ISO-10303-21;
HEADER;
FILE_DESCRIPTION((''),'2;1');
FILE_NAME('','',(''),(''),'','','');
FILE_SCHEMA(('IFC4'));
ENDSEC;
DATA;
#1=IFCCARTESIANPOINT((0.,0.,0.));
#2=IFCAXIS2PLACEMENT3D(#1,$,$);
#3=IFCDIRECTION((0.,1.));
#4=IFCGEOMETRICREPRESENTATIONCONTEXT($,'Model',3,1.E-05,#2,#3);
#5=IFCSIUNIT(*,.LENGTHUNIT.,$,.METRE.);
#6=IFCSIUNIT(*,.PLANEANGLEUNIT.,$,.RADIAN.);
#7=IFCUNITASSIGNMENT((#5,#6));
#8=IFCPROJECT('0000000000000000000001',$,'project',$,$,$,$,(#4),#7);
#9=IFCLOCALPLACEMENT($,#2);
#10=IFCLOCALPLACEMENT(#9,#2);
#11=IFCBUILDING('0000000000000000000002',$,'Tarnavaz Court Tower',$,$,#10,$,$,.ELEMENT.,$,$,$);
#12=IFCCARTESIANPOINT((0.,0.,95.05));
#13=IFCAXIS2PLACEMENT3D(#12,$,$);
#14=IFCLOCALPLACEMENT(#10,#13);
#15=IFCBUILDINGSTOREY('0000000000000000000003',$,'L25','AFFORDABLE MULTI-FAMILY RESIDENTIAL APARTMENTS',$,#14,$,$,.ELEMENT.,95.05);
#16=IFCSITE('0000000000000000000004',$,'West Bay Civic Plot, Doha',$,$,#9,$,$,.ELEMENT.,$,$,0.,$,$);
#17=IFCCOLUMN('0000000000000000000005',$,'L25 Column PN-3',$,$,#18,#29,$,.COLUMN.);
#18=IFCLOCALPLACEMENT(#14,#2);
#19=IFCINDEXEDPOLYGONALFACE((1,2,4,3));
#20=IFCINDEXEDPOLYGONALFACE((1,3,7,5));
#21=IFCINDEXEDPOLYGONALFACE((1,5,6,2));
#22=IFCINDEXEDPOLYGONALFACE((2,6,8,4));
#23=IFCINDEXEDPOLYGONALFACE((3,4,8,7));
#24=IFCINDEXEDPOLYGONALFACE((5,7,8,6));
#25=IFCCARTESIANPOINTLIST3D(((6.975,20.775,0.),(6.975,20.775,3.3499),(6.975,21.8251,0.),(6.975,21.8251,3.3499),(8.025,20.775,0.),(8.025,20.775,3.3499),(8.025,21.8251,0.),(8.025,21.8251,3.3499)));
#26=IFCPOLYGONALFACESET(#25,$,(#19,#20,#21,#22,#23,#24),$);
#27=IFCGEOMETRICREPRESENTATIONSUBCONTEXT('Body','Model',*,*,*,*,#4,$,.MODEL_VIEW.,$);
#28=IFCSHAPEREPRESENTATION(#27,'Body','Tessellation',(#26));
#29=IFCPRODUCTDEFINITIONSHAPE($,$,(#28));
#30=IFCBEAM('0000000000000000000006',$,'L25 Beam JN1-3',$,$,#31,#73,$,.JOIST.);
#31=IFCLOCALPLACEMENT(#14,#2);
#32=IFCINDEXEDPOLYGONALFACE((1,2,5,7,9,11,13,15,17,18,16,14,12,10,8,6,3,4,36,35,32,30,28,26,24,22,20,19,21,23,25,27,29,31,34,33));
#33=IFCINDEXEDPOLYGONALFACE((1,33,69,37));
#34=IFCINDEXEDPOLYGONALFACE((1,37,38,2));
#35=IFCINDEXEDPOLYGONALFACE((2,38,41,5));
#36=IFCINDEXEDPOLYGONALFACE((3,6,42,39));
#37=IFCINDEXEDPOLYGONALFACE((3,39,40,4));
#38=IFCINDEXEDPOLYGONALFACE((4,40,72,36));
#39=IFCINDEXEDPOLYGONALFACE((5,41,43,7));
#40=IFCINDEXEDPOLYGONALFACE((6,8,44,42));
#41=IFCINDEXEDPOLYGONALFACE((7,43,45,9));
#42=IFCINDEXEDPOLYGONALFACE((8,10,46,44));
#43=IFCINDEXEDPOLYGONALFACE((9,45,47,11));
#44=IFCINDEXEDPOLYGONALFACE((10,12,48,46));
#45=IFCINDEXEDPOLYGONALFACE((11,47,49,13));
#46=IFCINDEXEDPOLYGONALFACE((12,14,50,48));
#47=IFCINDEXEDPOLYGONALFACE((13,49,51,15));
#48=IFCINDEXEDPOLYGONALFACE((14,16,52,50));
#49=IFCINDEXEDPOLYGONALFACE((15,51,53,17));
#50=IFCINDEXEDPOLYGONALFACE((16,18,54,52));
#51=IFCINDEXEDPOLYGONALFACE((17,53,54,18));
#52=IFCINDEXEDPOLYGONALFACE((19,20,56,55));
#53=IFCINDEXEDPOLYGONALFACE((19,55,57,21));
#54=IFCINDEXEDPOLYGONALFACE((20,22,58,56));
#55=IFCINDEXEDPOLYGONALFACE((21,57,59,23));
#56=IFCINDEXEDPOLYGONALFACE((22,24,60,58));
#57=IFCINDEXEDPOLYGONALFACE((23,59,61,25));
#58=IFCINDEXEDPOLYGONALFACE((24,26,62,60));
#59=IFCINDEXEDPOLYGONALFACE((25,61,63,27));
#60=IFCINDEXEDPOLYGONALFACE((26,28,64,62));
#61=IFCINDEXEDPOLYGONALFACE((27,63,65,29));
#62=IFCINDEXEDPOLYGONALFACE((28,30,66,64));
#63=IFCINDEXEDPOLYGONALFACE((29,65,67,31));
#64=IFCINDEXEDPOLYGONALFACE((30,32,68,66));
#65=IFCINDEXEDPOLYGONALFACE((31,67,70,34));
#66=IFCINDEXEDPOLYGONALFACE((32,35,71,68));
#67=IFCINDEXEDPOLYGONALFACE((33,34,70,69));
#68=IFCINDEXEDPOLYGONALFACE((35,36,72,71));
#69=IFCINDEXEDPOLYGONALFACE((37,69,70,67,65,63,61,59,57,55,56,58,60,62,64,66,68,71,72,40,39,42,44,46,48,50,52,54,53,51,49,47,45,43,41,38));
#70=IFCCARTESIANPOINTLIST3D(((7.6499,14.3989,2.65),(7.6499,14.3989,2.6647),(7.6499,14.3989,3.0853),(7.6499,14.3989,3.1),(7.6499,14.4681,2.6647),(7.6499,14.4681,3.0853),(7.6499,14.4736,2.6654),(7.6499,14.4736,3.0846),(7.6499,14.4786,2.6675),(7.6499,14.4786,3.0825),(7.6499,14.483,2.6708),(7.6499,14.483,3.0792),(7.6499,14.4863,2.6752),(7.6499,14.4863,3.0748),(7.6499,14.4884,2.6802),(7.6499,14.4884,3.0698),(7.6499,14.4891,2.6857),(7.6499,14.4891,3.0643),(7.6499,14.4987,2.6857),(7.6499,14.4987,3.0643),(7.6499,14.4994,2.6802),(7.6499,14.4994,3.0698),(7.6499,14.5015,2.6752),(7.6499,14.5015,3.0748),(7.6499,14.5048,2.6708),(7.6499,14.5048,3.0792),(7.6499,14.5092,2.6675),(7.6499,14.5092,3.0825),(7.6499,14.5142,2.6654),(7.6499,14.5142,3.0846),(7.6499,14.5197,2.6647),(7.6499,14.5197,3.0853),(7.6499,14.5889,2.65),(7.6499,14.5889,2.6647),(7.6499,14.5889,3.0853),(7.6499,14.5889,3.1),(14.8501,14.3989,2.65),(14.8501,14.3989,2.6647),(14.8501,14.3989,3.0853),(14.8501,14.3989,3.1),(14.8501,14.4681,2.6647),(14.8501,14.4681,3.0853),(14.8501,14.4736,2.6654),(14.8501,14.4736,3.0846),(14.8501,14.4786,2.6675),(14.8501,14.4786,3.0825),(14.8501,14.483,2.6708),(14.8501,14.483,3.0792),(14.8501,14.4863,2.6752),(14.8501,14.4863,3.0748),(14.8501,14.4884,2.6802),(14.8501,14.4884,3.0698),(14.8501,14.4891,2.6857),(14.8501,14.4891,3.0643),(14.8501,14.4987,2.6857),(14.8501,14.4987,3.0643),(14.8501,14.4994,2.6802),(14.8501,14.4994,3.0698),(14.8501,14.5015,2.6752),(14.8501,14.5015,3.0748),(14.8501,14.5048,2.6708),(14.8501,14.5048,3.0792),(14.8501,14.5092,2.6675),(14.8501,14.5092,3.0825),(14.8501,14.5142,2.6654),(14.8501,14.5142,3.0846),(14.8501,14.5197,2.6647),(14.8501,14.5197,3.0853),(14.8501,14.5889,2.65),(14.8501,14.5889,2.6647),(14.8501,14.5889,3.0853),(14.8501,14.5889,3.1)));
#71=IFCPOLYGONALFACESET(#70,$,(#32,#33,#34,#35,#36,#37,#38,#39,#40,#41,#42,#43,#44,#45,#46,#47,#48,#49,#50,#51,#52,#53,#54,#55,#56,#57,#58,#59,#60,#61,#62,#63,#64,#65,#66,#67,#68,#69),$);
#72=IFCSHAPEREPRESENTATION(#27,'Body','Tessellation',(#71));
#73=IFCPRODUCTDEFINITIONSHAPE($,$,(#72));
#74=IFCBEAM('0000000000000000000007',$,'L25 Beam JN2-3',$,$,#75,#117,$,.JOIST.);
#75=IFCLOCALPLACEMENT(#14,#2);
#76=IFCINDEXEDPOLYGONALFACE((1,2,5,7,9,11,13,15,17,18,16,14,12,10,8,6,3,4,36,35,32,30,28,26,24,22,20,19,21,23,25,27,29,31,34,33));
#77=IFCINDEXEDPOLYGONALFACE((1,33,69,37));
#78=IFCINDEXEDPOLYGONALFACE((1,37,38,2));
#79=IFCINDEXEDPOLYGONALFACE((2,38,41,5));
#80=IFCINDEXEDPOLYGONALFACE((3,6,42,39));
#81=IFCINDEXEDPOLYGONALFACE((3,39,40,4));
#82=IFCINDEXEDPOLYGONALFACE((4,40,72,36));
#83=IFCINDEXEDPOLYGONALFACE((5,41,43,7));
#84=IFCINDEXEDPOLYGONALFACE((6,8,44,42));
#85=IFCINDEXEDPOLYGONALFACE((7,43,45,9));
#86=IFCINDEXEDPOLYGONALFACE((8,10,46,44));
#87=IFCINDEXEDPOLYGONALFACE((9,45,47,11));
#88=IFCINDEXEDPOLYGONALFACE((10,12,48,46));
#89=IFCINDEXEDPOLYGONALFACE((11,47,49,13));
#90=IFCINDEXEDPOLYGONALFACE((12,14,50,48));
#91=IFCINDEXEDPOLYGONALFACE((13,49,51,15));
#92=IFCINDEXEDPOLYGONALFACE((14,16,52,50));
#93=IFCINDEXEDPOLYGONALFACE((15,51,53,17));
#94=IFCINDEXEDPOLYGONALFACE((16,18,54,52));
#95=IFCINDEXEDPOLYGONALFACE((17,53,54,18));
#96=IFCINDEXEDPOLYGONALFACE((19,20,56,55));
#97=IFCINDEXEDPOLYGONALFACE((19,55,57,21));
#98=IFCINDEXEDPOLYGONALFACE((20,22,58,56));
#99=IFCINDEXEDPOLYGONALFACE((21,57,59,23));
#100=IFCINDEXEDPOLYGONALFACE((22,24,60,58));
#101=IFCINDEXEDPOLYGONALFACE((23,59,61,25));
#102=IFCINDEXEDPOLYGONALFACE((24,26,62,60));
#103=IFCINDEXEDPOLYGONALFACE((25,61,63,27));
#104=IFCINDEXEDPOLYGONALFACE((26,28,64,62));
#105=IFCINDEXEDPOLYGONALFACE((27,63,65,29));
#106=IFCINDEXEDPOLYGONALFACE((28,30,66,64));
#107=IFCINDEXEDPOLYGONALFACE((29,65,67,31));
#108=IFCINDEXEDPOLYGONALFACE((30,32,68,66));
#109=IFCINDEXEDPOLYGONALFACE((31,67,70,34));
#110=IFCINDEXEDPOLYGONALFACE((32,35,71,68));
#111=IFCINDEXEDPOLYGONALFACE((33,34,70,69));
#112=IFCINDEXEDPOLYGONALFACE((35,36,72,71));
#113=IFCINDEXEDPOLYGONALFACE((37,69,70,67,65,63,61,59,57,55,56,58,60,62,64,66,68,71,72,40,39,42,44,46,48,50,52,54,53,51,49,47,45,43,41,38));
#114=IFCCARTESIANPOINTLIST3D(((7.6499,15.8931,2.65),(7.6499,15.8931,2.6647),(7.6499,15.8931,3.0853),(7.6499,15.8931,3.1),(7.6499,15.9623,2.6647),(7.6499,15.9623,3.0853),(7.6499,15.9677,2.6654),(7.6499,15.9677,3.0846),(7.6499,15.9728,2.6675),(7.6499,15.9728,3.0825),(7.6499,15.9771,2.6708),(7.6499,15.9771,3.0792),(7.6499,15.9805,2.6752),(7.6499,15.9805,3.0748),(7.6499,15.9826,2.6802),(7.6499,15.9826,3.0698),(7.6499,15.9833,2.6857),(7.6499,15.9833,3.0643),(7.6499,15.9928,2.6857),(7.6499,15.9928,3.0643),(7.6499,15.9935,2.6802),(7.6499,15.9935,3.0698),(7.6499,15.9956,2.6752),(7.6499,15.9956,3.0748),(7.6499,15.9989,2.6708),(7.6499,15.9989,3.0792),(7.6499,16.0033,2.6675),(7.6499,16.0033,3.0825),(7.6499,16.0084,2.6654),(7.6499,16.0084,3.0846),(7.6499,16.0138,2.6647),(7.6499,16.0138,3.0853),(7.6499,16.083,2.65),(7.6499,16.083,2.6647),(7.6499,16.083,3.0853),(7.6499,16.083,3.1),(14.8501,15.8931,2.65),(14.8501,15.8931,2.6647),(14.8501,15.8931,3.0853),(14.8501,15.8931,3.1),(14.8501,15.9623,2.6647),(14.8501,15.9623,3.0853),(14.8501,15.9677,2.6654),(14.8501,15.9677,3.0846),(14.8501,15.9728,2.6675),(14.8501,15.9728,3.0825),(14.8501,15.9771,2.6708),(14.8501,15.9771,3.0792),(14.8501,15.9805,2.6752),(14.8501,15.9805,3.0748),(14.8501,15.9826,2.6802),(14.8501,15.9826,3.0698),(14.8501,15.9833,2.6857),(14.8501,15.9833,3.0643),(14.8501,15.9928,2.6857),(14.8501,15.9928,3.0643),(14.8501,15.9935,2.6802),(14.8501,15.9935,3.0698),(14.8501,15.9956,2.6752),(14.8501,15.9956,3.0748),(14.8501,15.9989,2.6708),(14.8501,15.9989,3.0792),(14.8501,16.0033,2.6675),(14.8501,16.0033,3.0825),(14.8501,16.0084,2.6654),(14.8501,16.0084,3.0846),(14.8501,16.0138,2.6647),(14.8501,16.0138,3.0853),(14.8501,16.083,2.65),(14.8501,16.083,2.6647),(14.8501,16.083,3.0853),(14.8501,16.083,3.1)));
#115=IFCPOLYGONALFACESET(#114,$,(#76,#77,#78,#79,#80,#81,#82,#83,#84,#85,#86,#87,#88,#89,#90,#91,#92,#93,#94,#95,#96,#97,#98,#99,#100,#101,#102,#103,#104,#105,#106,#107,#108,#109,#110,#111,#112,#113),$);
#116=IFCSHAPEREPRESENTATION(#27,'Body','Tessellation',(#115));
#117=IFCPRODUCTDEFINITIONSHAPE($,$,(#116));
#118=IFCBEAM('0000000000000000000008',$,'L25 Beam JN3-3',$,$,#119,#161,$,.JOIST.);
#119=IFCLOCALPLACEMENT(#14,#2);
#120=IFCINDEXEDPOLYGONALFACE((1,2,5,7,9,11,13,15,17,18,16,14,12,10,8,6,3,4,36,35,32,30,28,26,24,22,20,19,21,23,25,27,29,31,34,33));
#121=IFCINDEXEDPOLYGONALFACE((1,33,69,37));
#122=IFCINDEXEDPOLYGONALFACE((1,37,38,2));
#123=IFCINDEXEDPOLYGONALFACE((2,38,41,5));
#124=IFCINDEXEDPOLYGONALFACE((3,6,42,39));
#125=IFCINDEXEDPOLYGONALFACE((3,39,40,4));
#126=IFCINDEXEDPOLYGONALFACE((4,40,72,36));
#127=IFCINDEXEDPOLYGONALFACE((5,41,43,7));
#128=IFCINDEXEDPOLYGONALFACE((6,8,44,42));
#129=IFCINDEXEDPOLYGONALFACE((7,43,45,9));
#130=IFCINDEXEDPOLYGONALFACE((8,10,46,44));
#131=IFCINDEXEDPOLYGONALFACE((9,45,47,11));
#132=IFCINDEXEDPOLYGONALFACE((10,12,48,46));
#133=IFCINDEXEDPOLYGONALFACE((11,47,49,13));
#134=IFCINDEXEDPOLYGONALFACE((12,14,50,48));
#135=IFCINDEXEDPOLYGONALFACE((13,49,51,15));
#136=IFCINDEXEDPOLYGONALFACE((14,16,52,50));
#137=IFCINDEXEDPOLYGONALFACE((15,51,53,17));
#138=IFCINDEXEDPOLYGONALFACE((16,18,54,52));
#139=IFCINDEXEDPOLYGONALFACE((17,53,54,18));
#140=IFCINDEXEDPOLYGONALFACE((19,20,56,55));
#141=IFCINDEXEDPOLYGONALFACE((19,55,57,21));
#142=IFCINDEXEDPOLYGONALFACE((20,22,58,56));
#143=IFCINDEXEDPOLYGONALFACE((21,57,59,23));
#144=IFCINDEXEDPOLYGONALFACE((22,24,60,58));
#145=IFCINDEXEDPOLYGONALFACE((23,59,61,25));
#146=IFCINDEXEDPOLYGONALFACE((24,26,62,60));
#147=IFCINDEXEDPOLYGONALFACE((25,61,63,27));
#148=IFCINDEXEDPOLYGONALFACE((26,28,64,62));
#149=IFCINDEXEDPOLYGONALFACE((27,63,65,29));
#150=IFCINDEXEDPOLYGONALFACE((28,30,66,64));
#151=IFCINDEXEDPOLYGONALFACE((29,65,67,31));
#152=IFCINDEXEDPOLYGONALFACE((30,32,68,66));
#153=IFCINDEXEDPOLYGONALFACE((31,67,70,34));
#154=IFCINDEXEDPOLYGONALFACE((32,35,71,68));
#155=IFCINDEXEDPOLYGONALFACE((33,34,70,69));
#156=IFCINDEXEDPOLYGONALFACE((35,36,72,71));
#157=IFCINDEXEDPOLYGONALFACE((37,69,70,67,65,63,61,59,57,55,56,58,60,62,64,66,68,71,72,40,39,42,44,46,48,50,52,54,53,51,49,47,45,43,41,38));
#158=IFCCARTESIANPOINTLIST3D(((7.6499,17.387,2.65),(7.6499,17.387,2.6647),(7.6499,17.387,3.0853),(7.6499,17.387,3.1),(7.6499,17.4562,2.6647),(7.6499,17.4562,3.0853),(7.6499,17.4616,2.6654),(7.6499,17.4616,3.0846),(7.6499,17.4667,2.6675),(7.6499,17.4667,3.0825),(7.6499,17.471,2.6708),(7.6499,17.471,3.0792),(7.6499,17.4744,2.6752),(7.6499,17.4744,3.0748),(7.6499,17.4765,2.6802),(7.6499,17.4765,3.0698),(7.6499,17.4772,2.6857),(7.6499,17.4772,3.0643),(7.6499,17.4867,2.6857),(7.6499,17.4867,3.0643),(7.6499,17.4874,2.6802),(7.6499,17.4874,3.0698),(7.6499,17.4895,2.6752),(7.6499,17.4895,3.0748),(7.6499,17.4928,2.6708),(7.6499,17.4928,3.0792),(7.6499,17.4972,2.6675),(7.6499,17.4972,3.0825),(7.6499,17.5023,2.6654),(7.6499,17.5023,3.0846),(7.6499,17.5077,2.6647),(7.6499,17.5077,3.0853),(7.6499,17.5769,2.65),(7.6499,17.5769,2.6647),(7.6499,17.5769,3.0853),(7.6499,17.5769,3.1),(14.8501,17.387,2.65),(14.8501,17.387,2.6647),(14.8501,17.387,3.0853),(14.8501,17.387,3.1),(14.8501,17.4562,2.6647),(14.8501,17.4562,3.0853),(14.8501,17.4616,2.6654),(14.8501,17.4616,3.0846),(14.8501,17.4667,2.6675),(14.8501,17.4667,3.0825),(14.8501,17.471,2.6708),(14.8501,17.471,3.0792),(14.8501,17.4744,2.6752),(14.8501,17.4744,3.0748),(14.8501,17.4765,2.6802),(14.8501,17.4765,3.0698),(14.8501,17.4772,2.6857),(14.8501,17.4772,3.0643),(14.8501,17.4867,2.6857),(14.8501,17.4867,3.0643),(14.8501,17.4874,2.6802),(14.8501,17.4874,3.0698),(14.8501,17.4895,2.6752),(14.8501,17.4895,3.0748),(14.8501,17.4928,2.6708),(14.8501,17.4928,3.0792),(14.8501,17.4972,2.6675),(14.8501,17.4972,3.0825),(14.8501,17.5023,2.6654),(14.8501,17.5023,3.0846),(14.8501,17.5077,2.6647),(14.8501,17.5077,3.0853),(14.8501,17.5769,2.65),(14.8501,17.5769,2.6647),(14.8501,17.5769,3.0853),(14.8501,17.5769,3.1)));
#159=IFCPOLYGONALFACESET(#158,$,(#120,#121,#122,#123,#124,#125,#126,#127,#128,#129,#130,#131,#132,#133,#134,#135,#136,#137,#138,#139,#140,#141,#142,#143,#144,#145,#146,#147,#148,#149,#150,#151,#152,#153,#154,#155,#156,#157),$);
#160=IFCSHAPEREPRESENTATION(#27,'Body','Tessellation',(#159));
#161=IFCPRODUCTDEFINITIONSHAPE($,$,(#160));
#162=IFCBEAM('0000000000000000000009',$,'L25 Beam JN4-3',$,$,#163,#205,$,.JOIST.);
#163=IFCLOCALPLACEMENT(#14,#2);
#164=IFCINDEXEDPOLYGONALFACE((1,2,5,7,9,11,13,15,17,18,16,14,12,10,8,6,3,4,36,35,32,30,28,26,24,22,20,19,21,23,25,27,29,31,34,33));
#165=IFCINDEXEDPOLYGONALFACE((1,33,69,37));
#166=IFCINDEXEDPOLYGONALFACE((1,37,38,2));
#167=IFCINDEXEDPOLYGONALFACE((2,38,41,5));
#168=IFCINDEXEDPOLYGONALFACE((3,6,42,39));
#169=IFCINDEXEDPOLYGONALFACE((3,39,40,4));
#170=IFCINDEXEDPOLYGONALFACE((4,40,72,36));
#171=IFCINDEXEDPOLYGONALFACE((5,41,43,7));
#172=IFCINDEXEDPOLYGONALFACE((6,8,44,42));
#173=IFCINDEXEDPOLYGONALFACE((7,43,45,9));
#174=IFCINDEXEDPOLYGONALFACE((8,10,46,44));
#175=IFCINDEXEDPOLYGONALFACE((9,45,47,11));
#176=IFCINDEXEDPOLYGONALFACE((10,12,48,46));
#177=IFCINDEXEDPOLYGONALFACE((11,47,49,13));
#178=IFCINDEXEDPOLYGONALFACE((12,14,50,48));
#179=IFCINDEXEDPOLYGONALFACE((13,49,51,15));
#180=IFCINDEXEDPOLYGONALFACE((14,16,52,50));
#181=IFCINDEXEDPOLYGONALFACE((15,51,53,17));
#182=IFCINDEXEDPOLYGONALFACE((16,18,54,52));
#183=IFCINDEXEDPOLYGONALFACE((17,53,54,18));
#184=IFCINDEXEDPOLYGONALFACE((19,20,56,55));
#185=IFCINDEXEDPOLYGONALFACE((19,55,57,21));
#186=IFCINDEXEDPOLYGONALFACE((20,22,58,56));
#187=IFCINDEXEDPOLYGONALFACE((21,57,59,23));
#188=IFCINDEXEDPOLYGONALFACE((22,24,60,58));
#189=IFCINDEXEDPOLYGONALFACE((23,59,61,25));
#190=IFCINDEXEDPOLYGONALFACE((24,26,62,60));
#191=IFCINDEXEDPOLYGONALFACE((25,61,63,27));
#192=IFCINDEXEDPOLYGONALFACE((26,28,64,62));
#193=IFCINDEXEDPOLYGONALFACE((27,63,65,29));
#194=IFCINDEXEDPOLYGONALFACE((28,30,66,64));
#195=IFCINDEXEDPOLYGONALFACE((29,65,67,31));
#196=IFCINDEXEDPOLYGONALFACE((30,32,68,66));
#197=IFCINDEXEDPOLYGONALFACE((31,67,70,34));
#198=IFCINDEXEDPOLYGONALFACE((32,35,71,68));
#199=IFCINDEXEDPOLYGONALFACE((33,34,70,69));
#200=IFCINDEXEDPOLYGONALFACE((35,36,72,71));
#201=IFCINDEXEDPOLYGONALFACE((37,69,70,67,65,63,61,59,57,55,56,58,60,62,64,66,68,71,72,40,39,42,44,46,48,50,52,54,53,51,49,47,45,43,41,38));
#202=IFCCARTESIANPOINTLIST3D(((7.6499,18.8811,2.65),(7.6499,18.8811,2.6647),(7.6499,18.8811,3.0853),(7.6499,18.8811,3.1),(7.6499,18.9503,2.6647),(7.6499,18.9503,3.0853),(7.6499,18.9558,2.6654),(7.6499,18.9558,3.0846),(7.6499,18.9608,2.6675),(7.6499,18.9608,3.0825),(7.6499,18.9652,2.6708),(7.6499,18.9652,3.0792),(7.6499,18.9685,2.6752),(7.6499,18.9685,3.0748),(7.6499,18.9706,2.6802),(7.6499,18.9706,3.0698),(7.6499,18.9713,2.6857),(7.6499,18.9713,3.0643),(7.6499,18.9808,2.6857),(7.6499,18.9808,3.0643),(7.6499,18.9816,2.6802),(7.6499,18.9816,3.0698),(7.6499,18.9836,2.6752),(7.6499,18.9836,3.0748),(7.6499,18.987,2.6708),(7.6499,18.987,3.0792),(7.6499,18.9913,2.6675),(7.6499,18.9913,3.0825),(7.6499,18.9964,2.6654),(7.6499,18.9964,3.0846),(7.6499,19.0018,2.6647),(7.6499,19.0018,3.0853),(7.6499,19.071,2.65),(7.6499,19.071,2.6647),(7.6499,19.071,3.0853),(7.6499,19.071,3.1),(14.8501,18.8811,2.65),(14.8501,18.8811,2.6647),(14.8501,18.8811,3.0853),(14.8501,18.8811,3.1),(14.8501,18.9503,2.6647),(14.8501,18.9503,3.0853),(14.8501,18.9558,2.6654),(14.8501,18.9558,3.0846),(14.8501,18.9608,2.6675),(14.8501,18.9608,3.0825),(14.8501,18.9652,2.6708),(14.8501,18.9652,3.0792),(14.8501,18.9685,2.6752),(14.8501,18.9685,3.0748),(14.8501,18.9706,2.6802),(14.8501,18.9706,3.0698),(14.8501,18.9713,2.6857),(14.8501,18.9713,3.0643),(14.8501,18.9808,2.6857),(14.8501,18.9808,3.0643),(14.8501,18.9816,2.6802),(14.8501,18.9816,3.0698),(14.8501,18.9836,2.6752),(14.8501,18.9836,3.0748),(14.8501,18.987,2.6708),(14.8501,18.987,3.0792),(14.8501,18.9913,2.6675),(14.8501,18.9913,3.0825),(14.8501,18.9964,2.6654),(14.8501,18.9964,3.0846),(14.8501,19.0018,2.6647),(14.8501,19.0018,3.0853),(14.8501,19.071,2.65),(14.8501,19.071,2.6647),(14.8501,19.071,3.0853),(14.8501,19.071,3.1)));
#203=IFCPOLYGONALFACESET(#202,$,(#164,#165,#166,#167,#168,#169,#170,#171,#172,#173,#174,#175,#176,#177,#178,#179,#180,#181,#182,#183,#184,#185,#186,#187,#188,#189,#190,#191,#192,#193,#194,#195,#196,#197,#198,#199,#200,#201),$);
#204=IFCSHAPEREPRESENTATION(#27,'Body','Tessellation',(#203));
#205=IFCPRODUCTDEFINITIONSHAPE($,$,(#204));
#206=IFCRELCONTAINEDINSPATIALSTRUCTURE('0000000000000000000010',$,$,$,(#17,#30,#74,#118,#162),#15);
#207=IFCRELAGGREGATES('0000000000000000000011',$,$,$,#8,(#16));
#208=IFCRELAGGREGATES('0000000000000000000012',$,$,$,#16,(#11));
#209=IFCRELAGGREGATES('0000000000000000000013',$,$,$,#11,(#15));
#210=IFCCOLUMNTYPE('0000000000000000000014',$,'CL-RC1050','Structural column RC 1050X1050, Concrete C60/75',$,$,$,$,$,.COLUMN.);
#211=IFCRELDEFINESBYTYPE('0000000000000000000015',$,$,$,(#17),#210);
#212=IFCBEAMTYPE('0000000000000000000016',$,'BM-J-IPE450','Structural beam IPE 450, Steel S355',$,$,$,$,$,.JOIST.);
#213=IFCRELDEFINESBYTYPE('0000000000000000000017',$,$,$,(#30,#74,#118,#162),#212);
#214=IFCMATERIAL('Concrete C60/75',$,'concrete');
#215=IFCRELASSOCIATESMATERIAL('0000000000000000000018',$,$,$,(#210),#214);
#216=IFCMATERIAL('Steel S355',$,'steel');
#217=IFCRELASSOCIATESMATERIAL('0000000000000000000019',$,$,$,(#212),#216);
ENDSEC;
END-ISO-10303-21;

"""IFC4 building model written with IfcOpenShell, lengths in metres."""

from ifc_helpers import new_model, si_unit, direction, frame, origin, origin_2d, place, context, subcontext, project, spatial, rectangle, i_section, extrude, material, material_profile, profile_set, type_object, element, save


model = new_model("IFC4")

# Units and contexts
model_context = context("Model", 3, precision=1e-05, world=origin(), true_north=direction((0.0, 1.0)))
body_context = subcontext(model_context, "Body", "Model", "MODEL_VIEW")
ifc_project = project(units=[si_unit("LENGTHUNIT", "METRE"), si_unit("PLANEANGLEUNIT", "RADIAN")], contexts=[model_context])

# Site, building, storey
site_placement = place(None, origin())
site = spatial("IfcSite", under=ifc_project, at=site_placement, Name="West Bay Civic Plot, Doha", CompositionType="ELEMENT", RefElevation=0.0)
building_placement = place(site_placement, origin())
building = spatial("IfcBuilding", under=site, at=building_placement, Name="Tarnavaz Court Tower", CompositionType="ELEMENT")
storey_placement = place(building_placement, frame((0.0, 0.0, 95.05)))
storey = spatial("IfcBuildingStorey", under=building, at=storey_placement, Name="L25", Description="AFFORDABLE MULTI-FAMILY RESIDENTIAL APARTMENTS", CompositionType="ELEMENT", Elevation=95.05)

# Column
ifc_material_1 = material(Name="Concrete C60/75", Category="concrete")
ifc_material_profile_1 = material_profile(ifc_material_1, rectangle(XDim=1.05, YDim=1.05, at=origin_2d()), Name="RC 1050X1050")
ifc_profile_set_1 = profile_set([ifc_material_profile_1], Name="Concrete C60/75")
column_type = type_object("IfcColumnType", Name="CL-RC1050", Description="Structural column RC 1050X1050, Concrete C60/75", PredefinedType="COLUMN", material=ifc_profile_set_1)
column_placement = place(storey_placement, frame((7.5, 21.3, 0.0), z_axis=(0.0, 0.0, 1.0), x_axis=(1.0, 0.0, 0.0)))
element("IfcColumn", 1, at=column_placement, inside=storey, type_object=column_type, Name="L25 Column PN-3", PredefinedType="COLUMN", context=body_context, shape_type="SweptSolid", body=[
    extrude(rectangle(XDim=1.05, YDim=1.05, at=origin_2d()), origin(), (0.0, 0.0, 1.0), 3.3499),
])

# Beams
ifc_material_2 = material(Name="Steel S355", Category="steel")
ifc_material_profile_2 = material_profile(ifc_material_2, i_section(OverallWidth=0.1899, OverallDepth=0.45, WebThickness=0.0095, FlangeThickness=0.0146, FilletRadius=0.021, at=origin_2d()), Name="IPE 450")
ifc_profile_set_2 = profile_set([ifc_material_profile_2], Name="Steel S355")
beam_type_1 = type_object("IfcBeamType", Name="BM-J-IPE450", Description="Structural beam IPE 450, Steel S355", PredefinedType="JOIST", material=ifc_profile_set_2)
for number, where, z_axis, x_axis, name in (
    (2, (7.6499, 14.4939, 2.875), (1.0, 0.0, 0.0), (0.0, 1.0, 0.0), "L25 Beam JN1-3"),
    (3, (7.6499, 15.988, 2.875), (1.0, 0.0, 0.0), (0.0, 1.0, 0.0), "L25 Beam JN2-3"),
    (4, (7.6499, 17.4819, 2.875), (1.0, 0.0, 0.0), (0.0, 1.0, 0.0), "L25 Beam JN3-3"),
    (5, (7.6499, 18.9761, 2.875), (1.0, 0.0, 0.0), (0.0, 1.0, 0.0), "L25 Beam JN4-3"),
):
    element("IfcBeam", number, at=place(storey_placement, frame(where, z_axis=z_axis, x_axis=x_axis)), inside=storey, type_object=beam_type_1, Name=name, PredefinedType="JOIST", context=body_context, shape_type="SweptSolid", body=[
        extrude(i_section(OverallWidth=0.1899, OverallDepth=0.45, WebThickness=0.0095, FlangeThickness=0.0146, FilletRadius=0.021, at=origin_2d()), origin(), (0.0, 0.0, 1.0), 7.2002),
    ])

save(model, "model.ifc")
